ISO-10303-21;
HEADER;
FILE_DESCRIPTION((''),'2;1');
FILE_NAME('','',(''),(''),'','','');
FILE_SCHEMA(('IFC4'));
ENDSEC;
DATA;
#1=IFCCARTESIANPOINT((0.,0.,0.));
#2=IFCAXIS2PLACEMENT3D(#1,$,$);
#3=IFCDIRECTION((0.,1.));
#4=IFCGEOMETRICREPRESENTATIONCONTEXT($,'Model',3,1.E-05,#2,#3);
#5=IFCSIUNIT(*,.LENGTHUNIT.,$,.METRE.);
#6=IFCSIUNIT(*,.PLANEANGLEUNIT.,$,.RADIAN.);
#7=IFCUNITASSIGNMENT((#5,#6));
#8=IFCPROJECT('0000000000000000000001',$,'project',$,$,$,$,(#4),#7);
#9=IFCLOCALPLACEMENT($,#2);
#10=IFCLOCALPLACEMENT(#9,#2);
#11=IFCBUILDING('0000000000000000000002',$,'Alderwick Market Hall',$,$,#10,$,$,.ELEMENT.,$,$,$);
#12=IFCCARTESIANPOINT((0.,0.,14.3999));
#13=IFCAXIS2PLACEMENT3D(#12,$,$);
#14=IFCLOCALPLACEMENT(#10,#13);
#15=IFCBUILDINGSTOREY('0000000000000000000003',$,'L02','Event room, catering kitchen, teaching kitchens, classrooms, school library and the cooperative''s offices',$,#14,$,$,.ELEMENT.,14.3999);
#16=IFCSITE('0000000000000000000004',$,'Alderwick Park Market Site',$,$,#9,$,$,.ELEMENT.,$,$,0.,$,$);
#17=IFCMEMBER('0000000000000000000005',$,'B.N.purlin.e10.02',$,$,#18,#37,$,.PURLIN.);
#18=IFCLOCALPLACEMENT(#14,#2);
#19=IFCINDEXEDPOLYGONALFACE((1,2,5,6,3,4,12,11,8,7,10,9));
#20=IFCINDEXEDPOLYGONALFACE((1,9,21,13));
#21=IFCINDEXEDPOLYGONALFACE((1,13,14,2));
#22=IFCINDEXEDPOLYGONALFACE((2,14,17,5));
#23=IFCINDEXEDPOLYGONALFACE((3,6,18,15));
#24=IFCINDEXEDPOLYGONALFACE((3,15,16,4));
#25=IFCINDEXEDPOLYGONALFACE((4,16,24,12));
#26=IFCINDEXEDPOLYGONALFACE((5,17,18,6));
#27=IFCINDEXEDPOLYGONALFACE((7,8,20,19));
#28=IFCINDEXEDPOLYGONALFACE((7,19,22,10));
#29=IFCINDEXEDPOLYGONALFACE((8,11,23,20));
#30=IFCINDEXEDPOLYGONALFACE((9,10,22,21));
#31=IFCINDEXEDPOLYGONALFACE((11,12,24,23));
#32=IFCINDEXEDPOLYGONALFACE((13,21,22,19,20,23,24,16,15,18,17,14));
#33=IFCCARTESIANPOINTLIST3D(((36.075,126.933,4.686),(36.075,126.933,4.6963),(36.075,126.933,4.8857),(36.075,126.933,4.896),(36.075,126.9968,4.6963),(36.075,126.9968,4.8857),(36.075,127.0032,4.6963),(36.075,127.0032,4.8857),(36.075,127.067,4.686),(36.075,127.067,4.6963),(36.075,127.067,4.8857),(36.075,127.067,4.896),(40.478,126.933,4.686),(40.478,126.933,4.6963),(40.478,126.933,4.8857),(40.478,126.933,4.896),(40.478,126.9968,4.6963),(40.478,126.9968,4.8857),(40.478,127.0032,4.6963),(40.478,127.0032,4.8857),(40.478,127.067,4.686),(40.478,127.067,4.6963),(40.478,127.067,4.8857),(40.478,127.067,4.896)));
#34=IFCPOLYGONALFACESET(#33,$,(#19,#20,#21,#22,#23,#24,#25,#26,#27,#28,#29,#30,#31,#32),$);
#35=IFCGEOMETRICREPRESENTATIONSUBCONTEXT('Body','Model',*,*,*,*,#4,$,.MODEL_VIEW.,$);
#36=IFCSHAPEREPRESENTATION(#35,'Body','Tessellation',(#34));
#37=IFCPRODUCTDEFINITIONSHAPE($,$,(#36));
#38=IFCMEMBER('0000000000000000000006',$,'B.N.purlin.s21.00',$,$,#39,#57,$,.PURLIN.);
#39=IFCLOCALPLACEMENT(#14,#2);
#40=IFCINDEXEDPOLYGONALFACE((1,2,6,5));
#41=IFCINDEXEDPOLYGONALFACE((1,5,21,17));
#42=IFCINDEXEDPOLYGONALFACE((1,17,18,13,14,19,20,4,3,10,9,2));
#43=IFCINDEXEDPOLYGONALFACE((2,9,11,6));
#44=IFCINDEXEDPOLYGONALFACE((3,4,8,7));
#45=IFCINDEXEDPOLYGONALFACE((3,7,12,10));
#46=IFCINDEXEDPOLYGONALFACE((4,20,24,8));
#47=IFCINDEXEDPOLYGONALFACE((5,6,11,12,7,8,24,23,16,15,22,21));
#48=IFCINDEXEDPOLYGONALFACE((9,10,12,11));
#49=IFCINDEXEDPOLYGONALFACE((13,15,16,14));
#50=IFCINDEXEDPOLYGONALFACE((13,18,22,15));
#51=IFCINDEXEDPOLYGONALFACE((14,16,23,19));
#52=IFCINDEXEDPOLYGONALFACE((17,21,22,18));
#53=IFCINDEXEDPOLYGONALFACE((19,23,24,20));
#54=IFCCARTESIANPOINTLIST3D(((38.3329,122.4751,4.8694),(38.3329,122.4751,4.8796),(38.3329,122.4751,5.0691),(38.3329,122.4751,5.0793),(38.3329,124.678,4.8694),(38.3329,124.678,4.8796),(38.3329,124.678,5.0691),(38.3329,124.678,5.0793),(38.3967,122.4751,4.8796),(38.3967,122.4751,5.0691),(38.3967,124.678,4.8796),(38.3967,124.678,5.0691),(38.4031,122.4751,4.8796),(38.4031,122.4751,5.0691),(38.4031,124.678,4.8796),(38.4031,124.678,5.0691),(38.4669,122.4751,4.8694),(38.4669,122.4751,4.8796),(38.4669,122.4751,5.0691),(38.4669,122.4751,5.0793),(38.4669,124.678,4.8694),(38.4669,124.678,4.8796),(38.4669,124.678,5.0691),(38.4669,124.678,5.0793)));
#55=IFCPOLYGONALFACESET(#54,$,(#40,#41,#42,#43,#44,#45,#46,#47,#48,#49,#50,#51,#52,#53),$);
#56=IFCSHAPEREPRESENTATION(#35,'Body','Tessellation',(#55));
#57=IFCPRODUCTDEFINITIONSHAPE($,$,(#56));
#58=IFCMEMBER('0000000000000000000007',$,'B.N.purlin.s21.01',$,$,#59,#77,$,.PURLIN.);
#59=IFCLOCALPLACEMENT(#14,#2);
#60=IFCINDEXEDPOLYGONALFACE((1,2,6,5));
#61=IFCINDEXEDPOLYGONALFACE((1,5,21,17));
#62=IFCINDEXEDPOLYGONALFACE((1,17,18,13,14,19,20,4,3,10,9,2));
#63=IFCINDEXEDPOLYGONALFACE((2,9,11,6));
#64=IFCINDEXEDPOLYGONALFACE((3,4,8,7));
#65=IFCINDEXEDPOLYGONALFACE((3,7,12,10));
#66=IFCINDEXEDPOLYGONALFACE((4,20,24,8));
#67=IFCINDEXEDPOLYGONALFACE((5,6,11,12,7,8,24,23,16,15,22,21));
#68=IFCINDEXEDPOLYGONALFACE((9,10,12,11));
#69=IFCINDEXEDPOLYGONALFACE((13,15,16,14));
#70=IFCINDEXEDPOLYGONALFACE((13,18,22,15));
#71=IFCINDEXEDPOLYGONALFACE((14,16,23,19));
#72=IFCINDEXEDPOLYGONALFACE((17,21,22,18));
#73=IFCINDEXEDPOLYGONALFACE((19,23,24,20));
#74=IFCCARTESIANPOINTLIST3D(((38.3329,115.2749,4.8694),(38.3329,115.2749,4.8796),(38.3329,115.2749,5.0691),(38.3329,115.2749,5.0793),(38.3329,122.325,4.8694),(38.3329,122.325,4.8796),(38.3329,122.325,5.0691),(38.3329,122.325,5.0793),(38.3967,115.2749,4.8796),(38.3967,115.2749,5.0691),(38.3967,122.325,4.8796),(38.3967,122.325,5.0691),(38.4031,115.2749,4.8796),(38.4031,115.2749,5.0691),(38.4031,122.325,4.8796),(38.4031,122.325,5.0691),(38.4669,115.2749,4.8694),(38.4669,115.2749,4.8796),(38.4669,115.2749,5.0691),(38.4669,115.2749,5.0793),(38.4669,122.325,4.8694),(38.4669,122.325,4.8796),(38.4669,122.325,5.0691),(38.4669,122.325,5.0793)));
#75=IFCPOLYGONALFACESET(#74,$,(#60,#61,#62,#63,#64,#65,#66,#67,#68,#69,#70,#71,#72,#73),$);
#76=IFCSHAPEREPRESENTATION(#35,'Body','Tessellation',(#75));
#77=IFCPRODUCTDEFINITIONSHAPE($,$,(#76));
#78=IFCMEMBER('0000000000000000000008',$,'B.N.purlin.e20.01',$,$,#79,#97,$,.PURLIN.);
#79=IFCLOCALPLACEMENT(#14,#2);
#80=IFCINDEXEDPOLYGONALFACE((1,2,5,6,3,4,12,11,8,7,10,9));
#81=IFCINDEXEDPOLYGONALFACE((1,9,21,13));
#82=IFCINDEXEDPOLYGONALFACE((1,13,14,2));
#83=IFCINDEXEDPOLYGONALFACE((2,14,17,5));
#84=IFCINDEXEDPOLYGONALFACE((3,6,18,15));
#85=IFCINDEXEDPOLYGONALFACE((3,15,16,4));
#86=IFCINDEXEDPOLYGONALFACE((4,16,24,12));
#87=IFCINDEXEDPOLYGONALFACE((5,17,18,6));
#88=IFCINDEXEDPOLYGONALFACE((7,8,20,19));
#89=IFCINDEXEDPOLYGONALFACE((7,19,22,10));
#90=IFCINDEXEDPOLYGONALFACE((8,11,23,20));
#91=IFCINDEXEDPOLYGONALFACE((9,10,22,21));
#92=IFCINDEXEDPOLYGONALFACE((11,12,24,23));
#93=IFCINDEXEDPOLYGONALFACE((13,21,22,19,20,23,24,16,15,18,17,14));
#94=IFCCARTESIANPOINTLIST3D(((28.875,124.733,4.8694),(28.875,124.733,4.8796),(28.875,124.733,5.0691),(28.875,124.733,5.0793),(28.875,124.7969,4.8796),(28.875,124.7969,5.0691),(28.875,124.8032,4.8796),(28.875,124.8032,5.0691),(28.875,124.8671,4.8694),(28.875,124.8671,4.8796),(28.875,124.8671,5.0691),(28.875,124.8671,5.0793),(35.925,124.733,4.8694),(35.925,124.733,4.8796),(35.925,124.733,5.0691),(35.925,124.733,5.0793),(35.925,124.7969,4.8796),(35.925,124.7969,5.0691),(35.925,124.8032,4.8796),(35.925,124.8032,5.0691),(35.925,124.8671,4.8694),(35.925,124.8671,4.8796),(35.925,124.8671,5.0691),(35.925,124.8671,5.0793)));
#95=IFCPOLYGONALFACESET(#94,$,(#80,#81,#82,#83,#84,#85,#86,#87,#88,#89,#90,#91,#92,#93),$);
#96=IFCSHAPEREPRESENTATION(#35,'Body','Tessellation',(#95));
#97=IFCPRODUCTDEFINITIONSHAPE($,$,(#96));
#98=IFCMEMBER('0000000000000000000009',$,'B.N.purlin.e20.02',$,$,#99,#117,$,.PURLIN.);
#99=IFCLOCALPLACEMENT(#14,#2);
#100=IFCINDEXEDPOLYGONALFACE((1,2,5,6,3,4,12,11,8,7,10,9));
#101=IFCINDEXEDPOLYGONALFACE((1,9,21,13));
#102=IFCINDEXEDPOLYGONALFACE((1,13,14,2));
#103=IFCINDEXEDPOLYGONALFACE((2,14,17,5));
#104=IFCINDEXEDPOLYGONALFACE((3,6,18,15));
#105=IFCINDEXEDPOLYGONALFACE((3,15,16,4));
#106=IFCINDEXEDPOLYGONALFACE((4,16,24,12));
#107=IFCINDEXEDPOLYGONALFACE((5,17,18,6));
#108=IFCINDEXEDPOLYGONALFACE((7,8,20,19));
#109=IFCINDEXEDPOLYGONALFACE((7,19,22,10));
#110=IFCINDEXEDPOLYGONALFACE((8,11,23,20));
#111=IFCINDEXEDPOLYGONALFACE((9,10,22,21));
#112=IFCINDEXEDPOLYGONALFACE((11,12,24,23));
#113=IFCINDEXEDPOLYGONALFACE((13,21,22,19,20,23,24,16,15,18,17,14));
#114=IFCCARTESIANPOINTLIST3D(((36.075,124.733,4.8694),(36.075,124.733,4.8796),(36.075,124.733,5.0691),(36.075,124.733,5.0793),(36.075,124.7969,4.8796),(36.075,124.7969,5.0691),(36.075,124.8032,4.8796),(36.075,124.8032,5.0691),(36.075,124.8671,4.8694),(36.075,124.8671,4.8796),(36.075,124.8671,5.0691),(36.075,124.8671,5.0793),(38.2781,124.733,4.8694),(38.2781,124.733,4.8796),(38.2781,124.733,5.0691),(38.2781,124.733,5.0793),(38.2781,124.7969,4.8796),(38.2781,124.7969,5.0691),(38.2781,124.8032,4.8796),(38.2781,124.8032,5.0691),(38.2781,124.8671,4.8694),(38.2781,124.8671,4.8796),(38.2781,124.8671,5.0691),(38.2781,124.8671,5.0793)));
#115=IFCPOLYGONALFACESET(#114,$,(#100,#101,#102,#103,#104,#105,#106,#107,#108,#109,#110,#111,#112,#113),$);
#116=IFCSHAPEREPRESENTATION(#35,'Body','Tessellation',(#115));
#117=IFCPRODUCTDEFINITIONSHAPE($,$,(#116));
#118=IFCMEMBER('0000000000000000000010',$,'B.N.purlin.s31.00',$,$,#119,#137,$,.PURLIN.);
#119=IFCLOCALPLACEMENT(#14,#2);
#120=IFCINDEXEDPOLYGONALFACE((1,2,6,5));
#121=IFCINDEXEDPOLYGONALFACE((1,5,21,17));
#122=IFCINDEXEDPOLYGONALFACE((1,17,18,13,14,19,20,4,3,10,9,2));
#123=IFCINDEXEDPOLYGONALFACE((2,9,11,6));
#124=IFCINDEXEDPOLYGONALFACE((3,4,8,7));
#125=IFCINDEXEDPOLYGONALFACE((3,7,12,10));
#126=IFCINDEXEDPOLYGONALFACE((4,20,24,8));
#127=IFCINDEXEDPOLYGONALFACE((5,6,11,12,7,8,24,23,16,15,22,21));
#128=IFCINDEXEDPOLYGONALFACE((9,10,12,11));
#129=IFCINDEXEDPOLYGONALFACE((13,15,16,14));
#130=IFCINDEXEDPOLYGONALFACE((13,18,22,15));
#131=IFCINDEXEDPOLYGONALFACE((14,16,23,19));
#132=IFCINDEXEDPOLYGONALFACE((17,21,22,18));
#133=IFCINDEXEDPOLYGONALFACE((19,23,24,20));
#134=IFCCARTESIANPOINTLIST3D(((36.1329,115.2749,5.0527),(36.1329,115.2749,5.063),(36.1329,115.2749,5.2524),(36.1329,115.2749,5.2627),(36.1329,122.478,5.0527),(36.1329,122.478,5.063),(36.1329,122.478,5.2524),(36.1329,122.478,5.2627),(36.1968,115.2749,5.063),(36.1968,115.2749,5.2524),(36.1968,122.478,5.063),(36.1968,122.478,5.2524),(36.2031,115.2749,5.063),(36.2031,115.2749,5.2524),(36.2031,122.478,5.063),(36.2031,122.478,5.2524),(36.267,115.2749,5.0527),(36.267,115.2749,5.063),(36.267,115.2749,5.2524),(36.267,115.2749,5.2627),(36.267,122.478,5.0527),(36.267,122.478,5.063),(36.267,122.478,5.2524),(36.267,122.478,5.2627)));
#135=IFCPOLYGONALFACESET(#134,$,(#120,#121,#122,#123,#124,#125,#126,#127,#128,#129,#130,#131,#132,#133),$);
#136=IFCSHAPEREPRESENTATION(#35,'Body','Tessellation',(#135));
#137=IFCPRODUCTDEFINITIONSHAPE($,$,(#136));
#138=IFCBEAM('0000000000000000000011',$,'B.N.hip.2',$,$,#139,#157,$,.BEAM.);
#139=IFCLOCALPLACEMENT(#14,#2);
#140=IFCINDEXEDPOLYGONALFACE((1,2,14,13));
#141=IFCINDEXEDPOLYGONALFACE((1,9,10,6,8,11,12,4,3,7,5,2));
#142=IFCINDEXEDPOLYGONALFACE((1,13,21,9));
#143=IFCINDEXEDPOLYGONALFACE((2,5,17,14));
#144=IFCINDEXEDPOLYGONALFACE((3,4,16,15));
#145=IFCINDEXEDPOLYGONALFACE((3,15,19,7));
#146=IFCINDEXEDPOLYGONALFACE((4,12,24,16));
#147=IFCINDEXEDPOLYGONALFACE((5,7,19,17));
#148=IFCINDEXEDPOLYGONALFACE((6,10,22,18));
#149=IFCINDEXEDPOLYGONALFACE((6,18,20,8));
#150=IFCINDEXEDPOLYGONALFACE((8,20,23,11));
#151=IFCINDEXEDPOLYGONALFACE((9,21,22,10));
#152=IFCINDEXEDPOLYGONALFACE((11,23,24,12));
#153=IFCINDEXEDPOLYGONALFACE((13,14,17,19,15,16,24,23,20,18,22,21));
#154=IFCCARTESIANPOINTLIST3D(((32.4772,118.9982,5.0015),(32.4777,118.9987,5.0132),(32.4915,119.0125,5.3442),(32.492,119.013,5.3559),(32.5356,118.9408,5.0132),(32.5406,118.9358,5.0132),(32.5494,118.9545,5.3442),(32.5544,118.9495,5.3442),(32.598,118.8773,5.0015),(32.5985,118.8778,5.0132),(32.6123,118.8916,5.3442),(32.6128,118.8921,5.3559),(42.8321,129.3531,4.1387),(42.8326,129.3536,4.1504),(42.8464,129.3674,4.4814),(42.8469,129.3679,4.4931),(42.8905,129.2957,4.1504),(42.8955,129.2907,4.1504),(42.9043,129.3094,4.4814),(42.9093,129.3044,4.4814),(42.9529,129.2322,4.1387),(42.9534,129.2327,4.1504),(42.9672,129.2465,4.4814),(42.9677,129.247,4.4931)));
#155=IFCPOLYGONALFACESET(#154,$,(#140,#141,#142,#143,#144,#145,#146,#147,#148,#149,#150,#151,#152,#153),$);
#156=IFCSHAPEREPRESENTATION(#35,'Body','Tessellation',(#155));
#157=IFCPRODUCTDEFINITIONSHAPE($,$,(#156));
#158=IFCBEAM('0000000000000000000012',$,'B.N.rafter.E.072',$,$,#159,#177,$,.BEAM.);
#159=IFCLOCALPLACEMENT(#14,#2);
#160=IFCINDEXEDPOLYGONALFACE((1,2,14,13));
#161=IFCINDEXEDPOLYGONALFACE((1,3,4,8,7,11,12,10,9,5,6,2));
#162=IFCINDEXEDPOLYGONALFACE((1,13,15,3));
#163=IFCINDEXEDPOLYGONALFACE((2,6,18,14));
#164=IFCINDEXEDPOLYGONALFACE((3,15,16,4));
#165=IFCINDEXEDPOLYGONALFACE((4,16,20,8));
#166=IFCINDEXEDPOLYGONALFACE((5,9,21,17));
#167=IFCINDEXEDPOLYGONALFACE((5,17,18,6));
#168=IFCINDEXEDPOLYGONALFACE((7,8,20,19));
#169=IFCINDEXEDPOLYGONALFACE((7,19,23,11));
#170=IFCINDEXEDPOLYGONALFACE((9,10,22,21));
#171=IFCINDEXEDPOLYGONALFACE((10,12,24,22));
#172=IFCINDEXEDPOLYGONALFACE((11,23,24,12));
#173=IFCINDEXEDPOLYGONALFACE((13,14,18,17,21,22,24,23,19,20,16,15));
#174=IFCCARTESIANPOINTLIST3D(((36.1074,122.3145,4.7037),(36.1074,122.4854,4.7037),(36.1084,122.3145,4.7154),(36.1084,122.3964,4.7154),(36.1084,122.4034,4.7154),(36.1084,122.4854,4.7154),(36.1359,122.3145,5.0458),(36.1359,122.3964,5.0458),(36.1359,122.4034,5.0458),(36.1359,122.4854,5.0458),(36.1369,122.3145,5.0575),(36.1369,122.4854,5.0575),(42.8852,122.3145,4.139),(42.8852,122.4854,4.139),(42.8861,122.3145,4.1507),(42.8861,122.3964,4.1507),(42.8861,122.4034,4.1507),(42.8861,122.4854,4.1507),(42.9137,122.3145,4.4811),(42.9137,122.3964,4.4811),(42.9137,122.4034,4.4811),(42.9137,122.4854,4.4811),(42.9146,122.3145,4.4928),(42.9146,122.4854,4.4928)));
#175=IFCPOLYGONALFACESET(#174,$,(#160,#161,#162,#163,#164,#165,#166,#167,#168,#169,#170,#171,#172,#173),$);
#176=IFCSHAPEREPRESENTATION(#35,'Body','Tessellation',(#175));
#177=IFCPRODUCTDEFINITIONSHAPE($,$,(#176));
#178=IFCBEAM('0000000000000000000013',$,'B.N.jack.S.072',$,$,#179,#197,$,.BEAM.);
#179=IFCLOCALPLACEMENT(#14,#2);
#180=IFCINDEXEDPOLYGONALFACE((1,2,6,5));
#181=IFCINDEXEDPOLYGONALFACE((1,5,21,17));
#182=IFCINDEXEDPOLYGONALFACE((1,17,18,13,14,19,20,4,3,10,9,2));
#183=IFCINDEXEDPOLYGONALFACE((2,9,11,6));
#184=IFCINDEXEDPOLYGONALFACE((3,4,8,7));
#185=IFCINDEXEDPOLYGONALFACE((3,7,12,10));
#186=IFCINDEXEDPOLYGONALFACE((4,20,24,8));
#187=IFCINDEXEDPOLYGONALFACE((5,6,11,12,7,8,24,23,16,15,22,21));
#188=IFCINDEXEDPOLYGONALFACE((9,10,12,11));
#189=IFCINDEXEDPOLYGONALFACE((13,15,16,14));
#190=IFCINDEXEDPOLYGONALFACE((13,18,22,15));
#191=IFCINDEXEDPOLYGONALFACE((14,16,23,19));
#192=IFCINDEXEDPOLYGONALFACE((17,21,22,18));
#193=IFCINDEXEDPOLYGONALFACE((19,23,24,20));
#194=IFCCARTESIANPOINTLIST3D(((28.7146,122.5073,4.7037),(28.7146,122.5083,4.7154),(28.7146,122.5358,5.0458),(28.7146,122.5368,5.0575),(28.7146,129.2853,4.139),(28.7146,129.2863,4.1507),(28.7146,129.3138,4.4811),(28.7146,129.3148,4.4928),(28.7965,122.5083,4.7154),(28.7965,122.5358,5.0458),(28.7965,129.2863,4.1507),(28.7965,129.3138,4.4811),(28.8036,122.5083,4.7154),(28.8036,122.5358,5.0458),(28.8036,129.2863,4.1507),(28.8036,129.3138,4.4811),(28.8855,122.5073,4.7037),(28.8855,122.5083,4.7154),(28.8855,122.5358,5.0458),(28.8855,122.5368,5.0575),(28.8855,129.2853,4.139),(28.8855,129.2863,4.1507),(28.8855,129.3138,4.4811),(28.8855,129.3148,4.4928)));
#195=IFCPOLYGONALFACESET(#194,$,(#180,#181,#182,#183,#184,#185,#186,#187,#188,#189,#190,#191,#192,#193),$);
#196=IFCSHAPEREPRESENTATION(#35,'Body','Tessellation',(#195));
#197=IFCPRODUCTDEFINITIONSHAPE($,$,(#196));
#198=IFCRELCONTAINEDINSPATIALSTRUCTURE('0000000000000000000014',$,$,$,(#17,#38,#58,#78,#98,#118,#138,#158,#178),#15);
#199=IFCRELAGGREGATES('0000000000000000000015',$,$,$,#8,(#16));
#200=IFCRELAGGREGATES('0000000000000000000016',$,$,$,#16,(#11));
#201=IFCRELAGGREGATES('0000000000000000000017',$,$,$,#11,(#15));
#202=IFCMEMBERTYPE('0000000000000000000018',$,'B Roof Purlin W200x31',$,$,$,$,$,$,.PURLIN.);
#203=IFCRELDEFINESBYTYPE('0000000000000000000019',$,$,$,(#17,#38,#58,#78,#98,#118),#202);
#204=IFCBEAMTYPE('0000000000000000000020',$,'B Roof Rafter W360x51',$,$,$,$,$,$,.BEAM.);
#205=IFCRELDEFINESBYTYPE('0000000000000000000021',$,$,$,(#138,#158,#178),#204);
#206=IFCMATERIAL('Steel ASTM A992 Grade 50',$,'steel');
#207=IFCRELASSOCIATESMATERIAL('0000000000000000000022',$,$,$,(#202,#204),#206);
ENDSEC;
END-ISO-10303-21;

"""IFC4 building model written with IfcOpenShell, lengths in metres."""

from ifc_helpers import new_model, si_unit, direction, frame, origin, origin_2d, place, context, subcontext, project, spatial, i_section, extrude, material, material_profile, profile_set, type_object, element, save


model = new_model("IFC4")

# Units and contexts
model_context = context("Model", 3, precision=1e-05, world=origin(), true_north=direction((0.0, 1.0)))
body_context = subcontext(model_context, "Body", "Model", "MODEL_VIEW")
ifc_project = project(units=[si_unit("LENGTHUNIT", "METRE"), si_unit("PLANEANGLEUNIT", "RADIAN")], contexts=[model_context])

# Site, building, storey
site_placement = place(None, origin())
site = spatial("IfcSite", under=ifc_project, at=site_placement, Name="Alderwick Park Market Site", CompositionType="ELEMENT", RefElevation=0.0)
building_placement = place(site_placement, origin())
building = spatial("IfcBuilding", under=site, at=building_placement, Name="Alderwick Market Hall", CompositionType="ELEMENT")
storey_placement = place(building_placement, frame((0.0, 0.0, 14.3999)))
storey = spatial("IfcBuildingStorey", under=building, at=storey_placement, Name="L02", Description="Event room, catering kitchen, teaching kitchens, classrooms, school library and the cooperative's offices", CompositionType="ELEMENT", Elevation=14.3999)

# Members
ifc_material_1 = material(Name="Steel ASTM A992 Grade 50", Category="steel")
ifc_material_profile_1 = material_profile(ifc_material_1, i_section(OverallWidth=0.134, OverallDepth=0.21, WebThickness=0.0063, FlangeThickness=0.0103, at=origin_2d()), Name="W200x31")
ifc_profile_set_1 = profile_set([ifc_material_profile_1], Name="Steel ASTM A992 Grade 50")
member_type = type_object("IfcMemberType", Name="B Roof Purlin W200x31", PredefinedType="PURLIN", material=ifc_profile_set_1)
member_1_placement = place(storey_placement, frame((36.075, 127.0, 4.791), z_axis=(1.0, 0.0, 0.0), x_axis=(0.0, 1.0, 0.0)))
element("IfcMember", 1, at=member_1_placement, inside=storey, type_object=member_type, Name="B.N.purlin.e10.02", PredefinedType="PURLIN", context=body_context, shape_type="SweptSolid", body=[
    extrude(i_section(OverallWidth=0.134, OverallDepth=0.21, WebThickness=0.0063, FlangeThickness=0.0103, at=origin_2d()), origin(), (0.0, 0.0, 1.0), 4.4031),
])
member_2_placement = place(storey_placement, frame((38.3999, 124.678, 4.9744), z_axis=(0.0, -1.0, 0.0), x_axis=(1.0, 0.0, 0.0)))
element("IfcMember", 2, at=member_2_placement, inside=storey, type_object=member_type, Name="B.N.purlin.s21.00", PredefinedType="PURLIN", context=body_context, shape_type="SweptSolid", body=[
    extrude(i_section(OverallWidth=0.134, OverallDepth=0.21, WebThickness=0.0063, FlangeThickness=0.0103, at=origin_2d()), origin(), (0.0, 0.0, 1.0), 2.2029),
])
for number, where, z_axis, x_axis, name in (
    (3, (38.3999, 122.325, 4.9744), (0.0, -1.0, 0.0), (1.0, 0.0, 0.0), "B.N.purlin.s21.01"),
    (4, (28.875, 124.8, 4.9744), (1.0, 0.0, 0.0), (0.0, 1.0, 0.0), "B.N.purlin.e20.01"),
):
    element("IfcMember", number, at=place(storey_placement, frame(where, z_axis=z_axis, x_axis=x_axis)), inside=storey, type_object=member_type, Name=name, PredefinedType="PURLIN", context=body_context, shape_type="SweptSolid", body=[
        extrude(i_section(OverallWidth=0.134, OverallDepth=0.21, WebThickness=0.0063, FlangeThickness=0.0103, at=origin_2d()), origin(), (0.0, 0.0, 1.0), 7.05),
    ])
member_3_placement = place(storey_placement, frame((36.075, 124.8, 4.9744), z_axis=(1.0, 0.0, 0.0), x_axis=(0.0, 1.0, 0.0)))
element("IfcMember", 5, at=member_3_placement, inside=storey, type_object=member_type, Name="B.N.purlin.e20.02", PredefinedType="PURLIN", context=body_context, shape_type="SweptSolid", body=[
    extrude(i_section(OverallWidth=0.134, OverallDepth=0.21, WebThickness=0.0063, FlangeThickness=0.0103, at=origin_2d()), origin(), (0.0, 0.0, 1.0), 2.2031),
])
member_4_placement = place(storey_placement, frame((36.2, 122.478, 5.1577), z_axis=(0.0, -1.0, 0.0), x_axis=(1.0, 0.0, 0.0)))
element("IfcMember", 6, at=member_4_placement, inside=storey, type_object=member_type, Name="B.N.purlin.s31.00", PredefinedType="PURLIN", context=body_context, shape_type="SweptSolid", body=[
    extrude(i_section(OverallWidth=0.134, OverallDepth=0.21, WebThickness=0.0063, FlangeThickness=0.0103, at=origin_2d()), origin(), (0.0, 0.0, 1.0), 7.2031),
])

# Beams
ifc_material_profile_2 = material_profile(ifc_material_1, i_section(OverallWidth=0.1709, OverallDepth=0.355, WebThickness=0.0071, FlangeThickness=0.0117, at=origin_2d()), Name="W360x51")
ifc_profile_set_2 = profile_set([ifc_material_profile_2], Name="Steel ASTM A992 Grade 50")
beam_type_1 = type_object("IfcBeamType", Name="B Roof Rafter W360x51", PredefinedType="BEAM", material=ifc_profile_set_2)
beam_1_placement = place(storey_placement, frame((42.8999, 129.3, 4.3159), z_axis=(-0.705883, -0.705883, 0.058815), x_axis=(0.707107, -0.707107, 0.0)))
element("IfcBeam", 7, at=beam_1_placement, inside=storey, type_object=beam_type_1, Name="B.N.hip.2", PredefinedType="BEAM", context=body_context, shape_type="SweptSolid", body=[
    extrude(i_section(OverallWidth=0.1709, OverallDepth=0.355, WebThickness=0.0071, FlangeThickness=0.0117, at=origin_2d()), origin(), (0.0, 0.0, 1.0), 14.6694),
])
beam_2_placement = place(storey_placement, frame((42.8999, 122.3999, 4.3159), z_axis=(-0.996547, 0.0, 0.083028), x_axis=(0.0, -1.0, 0.0)))
element("IfcBeam", 8, at=beam_2_placement, inside=storey, type_object=beam_type_1, Name="B.N.rafter.E.072", PredefinedType="BEAM", context=body_context, shape_type="SweptSolid", body=[
    extrude(i_section(OverallWidth=0.1709, OverallDepth=0.355, WebThickness=0.0071, FlangeThickness=0.0117, at=origin_2d()), origin(), (0.0, 0.0, 1.0), 6.8013),
])
for number, where, z_axis, x_axis, name in (
    (9, (28.8, 129.3, 4.3159), (0.0, -0.996547, 0.083025), (1.0, 0.0, 0.0), "B.N.jack.S.072"),
):
    element("IfcBeam", number, at=place(storey_placement, frame(where, z_axis=z_axis, x_axis=x_axis)), inside=storey, type_object=beam_type_1, Name=name, PredefinedType="BEAM", context=body_context, shape_type="SweptSolid", body=[
        extrude(i_section(OverallWidth=0.1709, OverallDepth=0.355, WebThickness=0.0071, FlangeThickness=0.0117, at=origin_2d()), origin(), (0.0, 0.0, 1.0), 6.8015),
    ])

save(model, "model.ifc")
